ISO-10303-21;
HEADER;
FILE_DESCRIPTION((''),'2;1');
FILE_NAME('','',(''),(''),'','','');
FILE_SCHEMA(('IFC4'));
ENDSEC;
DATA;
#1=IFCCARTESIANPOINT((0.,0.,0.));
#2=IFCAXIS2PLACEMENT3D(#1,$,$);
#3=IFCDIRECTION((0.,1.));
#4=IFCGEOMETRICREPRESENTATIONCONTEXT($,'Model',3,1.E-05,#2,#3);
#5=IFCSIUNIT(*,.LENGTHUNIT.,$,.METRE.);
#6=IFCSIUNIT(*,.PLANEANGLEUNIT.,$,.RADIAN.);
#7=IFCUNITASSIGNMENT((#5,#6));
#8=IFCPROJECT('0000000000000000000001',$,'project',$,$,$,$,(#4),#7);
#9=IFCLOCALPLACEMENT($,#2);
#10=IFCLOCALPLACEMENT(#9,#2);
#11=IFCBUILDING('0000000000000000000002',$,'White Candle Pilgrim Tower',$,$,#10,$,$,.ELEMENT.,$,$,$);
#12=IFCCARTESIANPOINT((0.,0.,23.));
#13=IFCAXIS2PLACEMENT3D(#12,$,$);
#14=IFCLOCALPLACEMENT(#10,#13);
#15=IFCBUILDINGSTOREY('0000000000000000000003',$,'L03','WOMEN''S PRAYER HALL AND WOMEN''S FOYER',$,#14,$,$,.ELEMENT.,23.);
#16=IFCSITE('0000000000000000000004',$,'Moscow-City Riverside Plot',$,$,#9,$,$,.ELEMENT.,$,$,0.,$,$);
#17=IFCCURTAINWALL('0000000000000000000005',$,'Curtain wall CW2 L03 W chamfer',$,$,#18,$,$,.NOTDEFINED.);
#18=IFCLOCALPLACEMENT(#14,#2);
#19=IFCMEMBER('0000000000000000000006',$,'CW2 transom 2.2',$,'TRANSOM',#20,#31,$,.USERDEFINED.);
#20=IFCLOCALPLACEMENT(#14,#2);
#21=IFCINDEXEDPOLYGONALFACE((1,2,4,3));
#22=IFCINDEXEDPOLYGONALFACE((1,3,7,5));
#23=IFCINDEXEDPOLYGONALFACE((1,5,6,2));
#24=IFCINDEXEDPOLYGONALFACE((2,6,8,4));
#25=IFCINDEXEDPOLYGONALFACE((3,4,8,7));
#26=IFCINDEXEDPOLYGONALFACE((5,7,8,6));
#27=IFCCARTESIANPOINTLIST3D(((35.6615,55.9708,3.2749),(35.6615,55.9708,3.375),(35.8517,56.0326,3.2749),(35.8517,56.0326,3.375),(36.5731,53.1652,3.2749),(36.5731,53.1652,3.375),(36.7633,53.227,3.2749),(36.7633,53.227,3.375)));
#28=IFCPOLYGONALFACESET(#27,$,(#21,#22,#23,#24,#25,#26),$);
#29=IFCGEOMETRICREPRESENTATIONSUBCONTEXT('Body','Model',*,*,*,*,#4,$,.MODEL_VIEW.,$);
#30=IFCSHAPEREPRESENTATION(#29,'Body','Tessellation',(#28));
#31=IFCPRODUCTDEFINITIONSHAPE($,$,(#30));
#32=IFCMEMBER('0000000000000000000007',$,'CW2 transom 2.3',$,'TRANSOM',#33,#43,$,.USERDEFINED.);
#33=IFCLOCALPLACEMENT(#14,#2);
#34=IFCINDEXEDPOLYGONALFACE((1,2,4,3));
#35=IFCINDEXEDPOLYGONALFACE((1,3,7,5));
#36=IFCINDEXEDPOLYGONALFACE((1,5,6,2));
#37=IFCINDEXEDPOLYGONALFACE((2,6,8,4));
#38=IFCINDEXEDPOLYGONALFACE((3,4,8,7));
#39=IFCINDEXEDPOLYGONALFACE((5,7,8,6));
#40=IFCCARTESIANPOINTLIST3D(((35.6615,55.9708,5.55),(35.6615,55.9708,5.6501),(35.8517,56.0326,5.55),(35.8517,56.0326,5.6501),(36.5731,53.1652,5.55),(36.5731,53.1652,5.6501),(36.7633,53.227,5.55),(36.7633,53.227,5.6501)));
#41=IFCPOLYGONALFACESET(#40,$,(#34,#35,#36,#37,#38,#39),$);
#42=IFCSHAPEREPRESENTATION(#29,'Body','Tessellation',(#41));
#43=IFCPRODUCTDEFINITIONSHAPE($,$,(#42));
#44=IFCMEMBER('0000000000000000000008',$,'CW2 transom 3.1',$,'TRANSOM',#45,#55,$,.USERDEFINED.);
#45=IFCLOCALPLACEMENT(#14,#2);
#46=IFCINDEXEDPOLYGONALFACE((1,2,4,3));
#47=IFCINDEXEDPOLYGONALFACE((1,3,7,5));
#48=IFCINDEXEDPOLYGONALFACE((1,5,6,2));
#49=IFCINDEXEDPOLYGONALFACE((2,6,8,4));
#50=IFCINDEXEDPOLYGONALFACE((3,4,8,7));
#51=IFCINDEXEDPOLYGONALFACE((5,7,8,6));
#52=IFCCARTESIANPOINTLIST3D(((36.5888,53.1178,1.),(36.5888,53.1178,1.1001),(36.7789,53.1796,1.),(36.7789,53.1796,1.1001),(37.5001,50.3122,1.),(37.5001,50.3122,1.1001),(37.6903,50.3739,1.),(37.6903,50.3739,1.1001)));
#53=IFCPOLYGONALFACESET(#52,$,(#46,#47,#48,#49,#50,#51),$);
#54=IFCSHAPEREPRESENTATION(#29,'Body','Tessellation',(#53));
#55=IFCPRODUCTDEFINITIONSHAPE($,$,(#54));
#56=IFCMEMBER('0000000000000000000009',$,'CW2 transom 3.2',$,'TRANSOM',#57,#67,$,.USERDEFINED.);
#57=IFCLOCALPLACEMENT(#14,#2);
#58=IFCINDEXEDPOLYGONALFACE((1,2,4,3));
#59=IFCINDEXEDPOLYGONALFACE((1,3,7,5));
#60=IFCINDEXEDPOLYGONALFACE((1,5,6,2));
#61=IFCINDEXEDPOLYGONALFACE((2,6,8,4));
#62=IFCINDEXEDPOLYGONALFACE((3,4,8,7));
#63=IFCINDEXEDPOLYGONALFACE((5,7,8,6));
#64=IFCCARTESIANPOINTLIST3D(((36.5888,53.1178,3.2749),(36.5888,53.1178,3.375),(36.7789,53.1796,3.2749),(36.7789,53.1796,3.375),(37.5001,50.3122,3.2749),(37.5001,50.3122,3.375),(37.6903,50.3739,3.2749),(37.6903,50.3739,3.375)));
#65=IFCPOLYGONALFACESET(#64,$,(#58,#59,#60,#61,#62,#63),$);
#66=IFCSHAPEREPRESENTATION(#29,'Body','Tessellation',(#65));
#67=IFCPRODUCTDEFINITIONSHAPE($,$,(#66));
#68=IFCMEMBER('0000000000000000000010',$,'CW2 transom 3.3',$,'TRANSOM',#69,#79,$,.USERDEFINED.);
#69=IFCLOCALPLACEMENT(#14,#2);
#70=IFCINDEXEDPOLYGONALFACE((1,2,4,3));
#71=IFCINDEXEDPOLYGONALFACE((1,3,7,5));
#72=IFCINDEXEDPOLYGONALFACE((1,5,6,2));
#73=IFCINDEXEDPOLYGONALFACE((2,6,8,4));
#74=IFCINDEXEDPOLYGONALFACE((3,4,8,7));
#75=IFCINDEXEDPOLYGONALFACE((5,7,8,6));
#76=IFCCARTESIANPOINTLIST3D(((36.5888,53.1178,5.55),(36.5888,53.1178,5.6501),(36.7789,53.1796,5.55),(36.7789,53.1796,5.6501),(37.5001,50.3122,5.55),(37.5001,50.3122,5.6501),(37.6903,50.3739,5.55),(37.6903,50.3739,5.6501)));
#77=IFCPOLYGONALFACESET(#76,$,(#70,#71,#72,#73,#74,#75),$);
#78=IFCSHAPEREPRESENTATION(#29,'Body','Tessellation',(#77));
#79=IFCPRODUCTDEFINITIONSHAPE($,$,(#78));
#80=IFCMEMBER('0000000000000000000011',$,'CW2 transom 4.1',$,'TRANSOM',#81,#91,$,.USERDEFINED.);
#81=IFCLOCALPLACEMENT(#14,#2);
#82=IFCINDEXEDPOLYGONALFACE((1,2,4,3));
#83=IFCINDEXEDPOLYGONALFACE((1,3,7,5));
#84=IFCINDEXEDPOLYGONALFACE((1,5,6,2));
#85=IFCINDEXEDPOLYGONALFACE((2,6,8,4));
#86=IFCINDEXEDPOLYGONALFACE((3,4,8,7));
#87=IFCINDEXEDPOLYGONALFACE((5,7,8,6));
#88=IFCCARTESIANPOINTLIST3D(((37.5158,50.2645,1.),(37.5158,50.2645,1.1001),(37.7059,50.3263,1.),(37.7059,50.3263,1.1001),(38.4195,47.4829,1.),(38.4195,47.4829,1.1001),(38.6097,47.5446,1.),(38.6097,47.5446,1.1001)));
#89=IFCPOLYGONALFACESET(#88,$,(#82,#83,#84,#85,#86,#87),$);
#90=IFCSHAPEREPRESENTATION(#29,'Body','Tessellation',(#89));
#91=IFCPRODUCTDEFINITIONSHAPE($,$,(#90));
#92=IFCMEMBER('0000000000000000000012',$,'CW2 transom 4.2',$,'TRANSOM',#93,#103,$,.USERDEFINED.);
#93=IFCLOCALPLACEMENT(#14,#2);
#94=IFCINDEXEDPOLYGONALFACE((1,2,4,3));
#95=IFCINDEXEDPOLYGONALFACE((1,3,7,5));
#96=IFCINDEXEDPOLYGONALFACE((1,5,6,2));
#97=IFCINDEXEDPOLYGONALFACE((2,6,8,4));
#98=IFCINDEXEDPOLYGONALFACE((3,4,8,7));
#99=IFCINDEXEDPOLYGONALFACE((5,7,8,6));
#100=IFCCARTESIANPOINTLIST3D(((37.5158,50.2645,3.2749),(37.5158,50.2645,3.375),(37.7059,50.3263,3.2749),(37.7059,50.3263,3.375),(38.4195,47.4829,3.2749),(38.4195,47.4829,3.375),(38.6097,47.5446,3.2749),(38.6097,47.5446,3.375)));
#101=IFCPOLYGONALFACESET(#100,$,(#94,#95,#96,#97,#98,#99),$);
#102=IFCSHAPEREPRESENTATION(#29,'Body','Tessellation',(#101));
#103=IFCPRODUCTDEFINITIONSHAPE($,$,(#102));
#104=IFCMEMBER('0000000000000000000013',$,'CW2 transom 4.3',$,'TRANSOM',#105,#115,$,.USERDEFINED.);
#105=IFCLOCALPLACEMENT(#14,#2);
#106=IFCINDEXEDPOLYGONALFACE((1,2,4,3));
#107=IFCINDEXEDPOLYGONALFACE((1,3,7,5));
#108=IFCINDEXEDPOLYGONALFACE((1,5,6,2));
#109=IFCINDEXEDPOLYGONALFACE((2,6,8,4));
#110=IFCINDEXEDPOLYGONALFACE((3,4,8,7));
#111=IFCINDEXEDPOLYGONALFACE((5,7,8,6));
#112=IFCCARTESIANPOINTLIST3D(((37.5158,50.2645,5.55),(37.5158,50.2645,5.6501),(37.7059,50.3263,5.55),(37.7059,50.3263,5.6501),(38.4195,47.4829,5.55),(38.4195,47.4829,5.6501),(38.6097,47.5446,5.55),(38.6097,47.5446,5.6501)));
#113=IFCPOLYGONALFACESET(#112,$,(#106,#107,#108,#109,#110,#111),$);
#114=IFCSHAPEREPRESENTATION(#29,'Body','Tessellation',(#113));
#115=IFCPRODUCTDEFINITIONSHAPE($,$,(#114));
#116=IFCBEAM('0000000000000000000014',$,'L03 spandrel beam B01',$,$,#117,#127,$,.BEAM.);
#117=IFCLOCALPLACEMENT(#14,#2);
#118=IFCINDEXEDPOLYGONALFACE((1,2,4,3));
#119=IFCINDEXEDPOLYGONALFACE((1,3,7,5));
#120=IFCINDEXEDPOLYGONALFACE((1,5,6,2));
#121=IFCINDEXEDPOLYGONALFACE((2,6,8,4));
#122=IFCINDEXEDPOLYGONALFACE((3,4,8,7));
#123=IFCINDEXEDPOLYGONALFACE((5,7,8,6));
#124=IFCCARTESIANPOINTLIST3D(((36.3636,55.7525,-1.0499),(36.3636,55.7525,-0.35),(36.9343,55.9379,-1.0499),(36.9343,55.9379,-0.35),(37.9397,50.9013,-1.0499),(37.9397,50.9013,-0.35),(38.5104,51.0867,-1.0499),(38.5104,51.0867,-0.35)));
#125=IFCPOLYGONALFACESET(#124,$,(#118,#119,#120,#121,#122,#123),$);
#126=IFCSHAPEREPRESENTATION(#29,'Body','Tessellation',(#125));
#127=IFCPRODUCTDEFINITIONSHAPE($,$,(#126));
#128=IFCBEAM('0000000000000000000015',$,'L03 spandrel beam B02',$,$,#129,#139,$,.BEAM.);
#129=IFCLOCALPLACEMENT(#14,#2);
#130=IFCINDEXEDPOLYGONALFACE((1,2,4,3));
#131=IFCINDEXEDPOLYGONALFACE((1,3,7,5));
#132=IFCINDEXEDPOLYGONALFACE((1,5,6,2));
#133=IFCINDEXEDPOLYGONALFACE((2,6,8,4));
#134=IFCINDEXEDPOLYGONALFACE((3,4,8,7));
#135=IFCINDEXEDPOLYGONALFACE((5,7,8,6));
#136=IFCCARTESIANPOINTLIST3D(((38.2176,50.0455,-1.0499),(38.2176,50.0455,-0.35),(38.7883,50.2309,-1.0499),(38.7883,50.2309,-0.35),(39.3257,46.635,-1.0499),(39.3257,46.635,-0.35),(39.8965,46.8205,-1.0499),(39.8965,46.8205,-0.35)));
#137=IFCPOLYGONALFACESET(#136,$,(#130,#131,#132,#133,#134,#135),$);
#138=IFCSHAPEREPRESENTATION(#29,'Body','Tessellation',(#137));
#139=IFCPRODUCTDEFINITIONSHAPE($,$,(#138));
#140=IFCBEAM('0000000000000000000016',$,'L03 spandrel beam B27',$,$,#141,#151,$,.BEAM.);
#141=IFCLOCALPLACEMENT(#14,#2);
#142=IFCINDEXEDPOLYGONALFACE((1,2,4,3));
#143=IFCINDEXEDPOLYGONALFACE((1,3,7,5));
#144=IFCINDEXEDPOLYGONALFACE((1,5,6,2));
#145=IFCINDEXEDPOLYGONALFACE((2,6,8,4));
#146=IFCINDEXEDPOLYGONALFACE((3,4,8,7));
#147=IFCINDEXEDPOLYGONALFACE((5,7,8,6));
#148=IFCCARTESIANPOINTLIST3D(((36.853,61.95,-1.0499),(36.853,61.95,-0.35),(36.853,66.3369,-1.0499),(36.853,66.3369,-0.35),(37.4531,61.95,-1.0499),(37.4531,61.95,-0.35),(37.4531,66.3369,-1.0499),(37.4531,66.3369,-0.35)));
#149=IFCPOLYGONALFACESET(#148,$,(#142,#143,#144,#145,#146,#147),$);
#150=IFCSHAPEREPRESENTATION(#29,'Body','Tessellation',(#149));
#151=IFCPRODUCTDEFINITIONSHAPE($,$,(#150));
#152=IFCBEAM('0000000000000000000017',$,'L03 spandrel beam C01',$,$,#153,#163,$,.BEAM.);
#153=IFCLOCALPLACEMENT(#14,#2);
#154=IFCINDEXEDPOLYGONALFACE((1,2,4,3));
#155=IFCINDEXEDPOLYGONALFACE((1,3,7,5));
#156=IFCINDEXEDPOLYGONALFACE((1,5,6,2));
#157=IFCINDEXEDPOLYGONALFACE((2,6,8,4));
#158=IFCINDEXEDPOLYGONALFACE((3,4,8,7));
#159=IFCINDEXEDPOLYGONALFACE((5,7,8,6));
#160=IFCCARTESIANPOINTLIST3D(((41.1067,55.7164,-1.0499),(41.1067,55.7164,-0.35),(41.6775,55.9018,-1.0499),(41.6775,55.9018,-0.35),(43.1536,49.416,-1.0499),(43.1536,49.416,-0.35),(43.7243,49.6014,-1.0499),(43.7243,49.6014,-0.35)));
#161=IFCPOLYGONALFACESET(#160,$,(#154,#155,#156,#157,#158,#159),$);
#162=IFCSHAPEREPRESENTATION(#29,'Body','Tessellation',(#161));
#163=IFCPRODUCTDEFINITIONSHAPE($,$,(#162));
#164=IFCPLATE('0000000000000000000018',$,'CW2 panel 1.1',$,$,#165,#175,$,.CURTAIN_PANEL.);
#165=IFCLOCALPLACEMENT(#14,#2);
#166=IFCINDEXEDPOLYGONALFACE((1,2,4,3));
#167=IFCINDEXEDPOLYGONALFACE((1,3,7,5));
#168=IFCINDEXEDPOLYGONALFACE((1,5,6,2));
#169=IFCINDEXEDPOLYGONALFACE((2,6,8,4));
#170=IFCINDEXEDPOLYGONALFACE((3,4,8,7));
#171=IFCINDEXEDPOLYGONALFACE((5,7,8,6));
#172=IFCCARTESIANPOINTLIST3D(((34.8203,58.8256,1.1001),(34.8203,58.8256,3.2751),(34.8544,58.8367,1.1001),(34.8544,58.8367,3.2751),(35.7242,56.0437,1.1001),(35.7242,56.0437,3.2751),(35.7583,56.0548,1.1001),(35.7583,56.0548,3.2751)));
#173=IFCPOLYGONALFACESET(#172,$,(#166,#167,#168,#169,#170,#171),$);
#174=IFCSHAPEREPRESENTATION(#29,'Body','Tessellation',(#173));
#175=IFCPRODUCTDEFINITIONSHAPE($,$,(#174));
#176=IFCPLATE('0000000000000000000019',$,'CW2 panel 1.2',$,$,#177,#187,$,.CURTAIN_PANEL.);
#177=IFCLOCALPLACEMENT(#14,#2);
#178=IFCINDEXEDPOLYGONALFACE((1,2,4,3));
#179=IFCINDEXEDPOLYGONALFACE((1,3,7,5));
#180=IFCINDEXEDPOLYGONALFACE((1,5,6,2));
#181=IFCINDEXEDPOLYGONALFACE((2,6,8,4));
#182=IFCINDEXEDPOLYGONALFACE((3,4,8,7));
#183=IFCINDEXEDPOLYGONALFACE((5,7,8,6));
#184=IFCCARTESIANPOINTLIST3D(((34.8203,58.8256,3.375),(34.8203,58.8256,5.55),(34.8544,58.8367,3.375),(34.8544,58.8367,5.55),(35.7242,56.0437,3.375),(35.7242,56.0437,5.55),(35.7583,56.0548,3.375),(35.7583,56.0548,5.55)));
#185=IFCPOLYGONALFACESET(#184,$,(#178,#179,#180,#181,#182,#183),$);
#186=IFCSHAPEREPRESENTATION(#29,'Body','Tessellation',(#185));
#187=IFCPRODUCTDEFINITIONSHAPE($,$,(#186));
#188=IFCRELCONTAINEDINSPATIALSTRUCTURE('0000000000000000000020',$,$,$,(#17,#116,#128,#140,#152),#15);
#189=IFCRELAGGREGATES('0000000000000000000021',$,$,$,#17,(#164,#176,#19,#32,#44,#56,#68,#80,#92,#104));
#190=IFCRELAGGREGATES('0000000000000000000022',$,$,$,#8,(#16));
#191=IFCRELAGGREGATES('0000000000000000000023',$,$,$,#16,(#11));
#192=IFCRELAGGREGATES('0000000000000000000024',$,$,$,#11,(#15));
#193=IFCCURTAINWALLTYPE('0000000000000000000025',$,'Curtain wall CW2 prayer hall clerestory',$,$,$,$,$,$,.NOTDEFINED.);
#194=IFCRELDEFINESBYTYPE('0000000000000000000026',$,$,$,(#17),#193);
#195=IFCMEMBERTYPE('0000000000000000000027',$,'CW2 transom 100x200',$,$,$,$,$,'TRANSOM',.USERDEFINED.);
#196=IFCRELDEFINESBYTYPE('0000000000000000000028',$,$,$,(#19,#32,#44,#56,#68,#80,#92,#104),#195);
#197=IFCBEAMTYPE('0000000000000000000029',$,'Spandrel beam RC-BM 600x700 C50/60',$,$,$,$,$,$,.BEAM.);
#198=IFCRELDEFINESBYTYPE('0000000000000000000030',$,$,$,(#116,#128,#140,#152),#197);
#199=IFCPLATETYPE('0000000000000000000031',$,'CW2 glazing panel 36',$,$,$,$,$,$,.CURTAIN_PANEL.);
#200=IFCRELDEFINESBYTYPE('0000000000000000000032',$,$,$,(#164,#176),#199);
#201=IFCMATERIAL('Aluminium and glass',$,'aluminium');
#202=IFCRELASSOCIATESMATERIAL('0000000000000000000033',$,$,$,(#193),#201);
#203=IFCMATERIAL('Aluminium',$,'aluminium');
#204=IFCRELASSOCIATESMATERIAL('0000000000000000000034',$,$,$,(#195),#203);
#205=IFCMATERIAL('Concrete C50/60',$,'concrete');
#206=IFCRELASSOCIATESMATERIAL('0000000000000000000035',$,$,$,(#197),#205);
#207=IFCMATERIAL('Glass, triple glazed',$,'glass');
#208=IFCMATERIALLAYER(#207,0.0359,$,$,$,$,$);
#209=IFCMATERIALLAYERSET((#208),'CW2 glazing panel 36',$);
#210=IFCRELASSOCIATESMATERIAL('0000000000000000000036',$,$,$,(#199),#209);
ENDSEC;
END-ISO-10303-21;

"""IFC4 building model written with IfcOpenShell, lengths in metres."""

from ifc_helpers import new_model, si_unit, direction, frame, origin, origin_2d, place, context, subcontext, project, spatial, rectangle, extrude, material, layer, layer_set, material_profile, profile_set, type_object, element, aggregate, save


model = new_model("IFC4")

# Units and contexts
model_context = context("Model", 3, precision=1e-05, world=origin(), true_north=direction((0.0, 1.0)))
body_context = subcontext(model_context, "Body", "Model", "MODEL_VIEW")
ifc_project = project(units=[si_unit("LENGTHUNIT", "METRE"), si_unit("PLANEANGLEUNIT", "RADIAN")], contexts=[model_context])

# Site, building, storey
site_placement = place(None, origin())
site = spatial("IfcSite", under=ifc_project, at=site_placement, Name="Moscow-City Riverside Plot", CompositionType="ELEMENT", RefElevation=0.0)
building_placement = place(site_placement, origin())
building = spatial("IfcBuilding", under=site, at=building_placement, Name="White Candle Pilgrim Tower", CompositionType="ELEMENT")
storey_placement = place(building_placement, frame((0.0, 0.0, 23.0)))
storey = spatial("IfcBuildingStorey", under=building, at=storey_placement, Name="L03", Description="WOMEN'S PRAYER HALL AND WOMEN'S FOYER", CompositionType="ELEMENT", Elevation=23.0)

# Curtain wall, members
ifc_material_1 = material(Name="Aluminium and glass", Category="aluminium")
curtain_wall_type = type_object("IfcCurtainWallType", Name="Curtain wall CW2 prayer hall clerestory", PredefinedType="NOTDEFINED", material=ifc_material_1)
curtain_wall_placement = place(storey_placement, origin())
curtain_wall = element("IfcCurtainWall", 1, at=curtain_wall_placement, inside=storey, type_object=curtain_wall_type, Name="Curtain wall CW2 L03 W chamfer", PredefinedType="NOTDEFINED")
ifc_material_2 = material(Name="Aluminium", Category="aluminium")
ifc_material_profile_1 = material_profile(ifc_material_2, rectangle(XDim=0.2, YDim=0.1001, at=origin_2d()), Name="CW2 transom 100x200")
ifc_profile_set_1 = profile_set([ifc_material_profile_1], Name="Aluminium")
member_type_1 = type_object("IfcMemberType", Name="CW2 transom 100x200", ElementType="TRANSOM", PredefinedType="USERDEFINED", material=ifc_profile_set_1)
member_1_placement = place(storey_placement, frame((35.7566, 56.0017, 3.325), z_axis=(0.309019, -0.951056, 0.0), x_axis=(0.951056, 0.309019, 0.0)))
member_1 = element("IfcMember", 2, at=member_1_placement, type_object=member_type_1, Name="CW2 transom 2.2", ObjectType="TRANSOM", PredefinedType="USERDEFINED", context=body_context, shape_type="SweptSolid", body=[
    extrude(rectangle(XDim=0.2, YDim=0.1001, at=origin_2d()), origin(), (0.0, 0.0, 1.0), 2.95),
])
member_2_placement = place(storey_placement, frame((35.7566, 56.0017, 5.6001), z_axis=(0.309019, -0.951056, 0.0), x_axis=(0.951056, 0.309019, 0.0)))
member_2 = element("IfcMember", 3, at=member_2_placement, type_object=member_type_1, Name="CW2 transom 2.3", ObjectType="TRANSOM", PredefinedType="USERDEFINED", context=body_context, shape_type="SweptSolid", body=[
    extrude(rectangle(XDim=0.2, YDim=0.1001, at=origin_2d()), origin(), (0.0, 0.0, 1.0), 2.95),
])
member_3_placement = place(storey_placement, frame((36.6838, 53.1487, 1.05), z_axis=(0.308944, -0.95108, 0.0), x_axis=(0.95108, 0.308944, 0.0)))
member_3 = element("IfcMember", 4, at=member_3_placement, type_object=member_type_1, Name="CW2 transom 3.1", ObjectType="TRANSOM", PredefinedType="USERDEFINED", context=body_context, shape_type="SweptSolid", body=[
    extrude(rectangle(XDim=0.2, YDim=0.1001, at=origin_2d()), origin(), (0.0, 0.0, 1.0), 2.95),
])
member_4_placement = place(storey_placement, frame((36.6838, 53.1487, 3.325), z_axis=(0.308944, -0.95108, 0.0), x_axis=(0.95108, 0.308944, 0.0)))
member_4 = element("IfcMember", 5, at=member_4_placement, type_object=member_type_1, Name="CW2 transom 3.2", ObjectType="TRANSOM", PredefinedType="USERDEFINED", context=body_context, shape_type="SweptSolid", body=[
    extrude(rectangle(XDim=0.2, YDim=0.1001, at=origin_2d()), origin(), (0.0, 0.0, 1.0), 2.95),
])
member_5_placement = place(storey_placement, frame((36.6838, 53.1487, 5.6001), z_axis=(0.308944, -0.95108, 0.0), x_axis=(0.95108, 0.308944, 0.0)))
member_5 = element("IfcMember", 6, at=member_5_placement, type_object=member_type_1, Name="CW2 transom 3.3", ObjectType="TRANSOM", PredefinedType="USERDEFINED", context=body_context, shape_type="SweptSolid", body=[
    extrude(rectangle(XDim=0.2, YDim=0.1001, at=origin_2d()), origin(), (0.0, 0.0, 1.0), 2.95),
])
member_6_placement = place(storey_placement, frame((37.6108, 50.2954, 1.05), z_axis=(0.309007, -0.95106, 0.0), x_axis=(0.95106, 0.309007, 0.0)))
member_6 = element("IfcMember", 7, at=member_6_placement, type_object=member_type_1, Name="CW2 transom 4.1", ObjectType="TRANSOM", PredefinedType="USERDEFINED", context=body_context, shape_type="SweptSolid", body=[
    extrude(rectangle(XDim=0.2, YDim=0.1001, at=origin_2d()), origin(), (0.0, 0.0, 1.0), 2.9248),
])
member_7_placement = place(storey_placement, frame((37.6108, 50.2954, 3.325), z_axis=(0.309007, -0.95106, 0.0), x_axis=(0.95106, 0.309007, 0.0)))
member_7 = element("IfcMember", 8, at=member_7_placement, type_object=member_type_1, Name="CW2 transom 4.2", ObjectType="TRANSOM", PredefinedType="USERDEFINED", context=body_context, shape_type="SweptSolid", body=[
    extrude(rectangle(XDim=0.2, YDim=0.1001, at=origin_2d()), origin(), (0.0, 0.0, 1.0), 2.9248),
])
member_8_placement = place(storey_placement, frame((37.6108, 50.2954, 5.6001), z_axis=(0.309007, -0.95106, 0.0), x_axis=(0.95106, 0.309007, 0.0)))
member_8 = element("IfcMember", 9, at=member_8_placement, type_object=member_type_1, Name="CW2 transom 4.3", ObjectType="TRANSOM", PredefinedType="USERDEFINED", context=body_context, shape_type="SweptSolid", body=[
    extrude(rectangle(XDim=0.2, YDim=0.1001, at=origin_2d()), origin(), (0.0, 0.0, 1.0), 2.9248),
])

# Beams
ifc_material_3 = material(Name="Concrete C50/60", Category="concrete")
ifc_material_profile_2 = material_profile(ifc_material_3, rectangle(XDim=0.6001, YDim=0.7, at=origin_2d()), Name="RC-BM 600x700")
ifc_profile_set_2 = profile_set([ifc_material_profile_2], Name="Concrete C50/60")
beam_type = type_object("IfcBeamType", Name="Spandrel beam RC-BM 600x700 C50/60", PredefinedType="BEAM", material=ifc_profile_set_2)
beam_1_placement = place(storey_placement, frame((36.6489, 55.8452, -0.7), z_axis=(0.308996, -0.951063, 0.0), x_axis=(0.951063, 0.308996, 0.0)))
element("IfcBeam", 10, at=beam_1_placement, inside=storey, type_object=beam_type, Name="L03 spandrel beam B01", PredefinedType="BEAM", context=body_context, shape_type="SweptSolid", body=[
    extrude(rectangle(XDim=0.6001, YDim=0.7, at=origin_2d()), origin(), (0.0, 0.0, 1.0), 5.1008),
])
beam_2_placement = place(storey_placement, frame((38.5029, 50.1382, -0.7), z_axis=(0.309029, -0.951053, 0.0), x_axis=(0.951053, 0.309029, 0.0)))
element("IfcBeam", 11, at=beam_2_placement, inside=storey, type_object=beam_type, Name="L03 spandrel beam B02", PredefinedType="BEAM", context=body_context, shape_type="SweptSolid", body=[
    extrude(rectangle(XDim=0.6001, YDim=0.7, at=origin_2d()), origin(), (0.0, 0.0, 1.0), 3.5859),
])
beam_3_placement = place(storey_placement, frame((37.1531, 66.3369, -0.7), z_axis=(0.0, -1.0, 0.0), x_axis=(1.0, 0.0, 0.0)))
element("IfcBeam", 12, at=beam_3_placement, inside=storey, type_object=beam_type, Name="L03 spandrel beam B27", PredefinedType="BEAM", context=body_context, shape_type="SweptSolid", body=[
    extrude(rectangle(XDim=0.6001, YDim=0.7, at=origin_2d()), origin(), (0.0, 0.0, 1.0), 4.387),
])
beam_4_placement = place(storey_placement, frame((41.3921, 55.8091, -0.7), z_axis=(0.308988, -0.951066, 0.0), x_axis=(0.951066, 0.308988, 0.0)))
element("IfcBeam", 13, at=beam_4_placement, inside=storey, type_object=beam_type, Name="L03 spandrel beam C01", PredefinedType="BEAM", context=body_context, shape_type="SweptSolid", body=[
    extrude(rectangle(XDim=0.6001, YDim=0.7, at=origin_2d()), origin(), (0.0, 0.0, 1.0), 6.6245),
])

# Plates
ifc_material_4 = material(Name="Glass, triple glazed", Category="glass")
ifc_layer_1 = layer(ifc_material_4, 0.0359)
ifc_layer_set_1 = layer_set([ifc_layer_1], Name="CW2 glazing panel 36")
plate_type = type_object("IfcPlateType", Name="CW2 glazing panel 36", PredefinedType="CURTAIN_PANEL", material=ifc_layer_set_1)
plate_1_placement = place(storey_placement, frame((35.2893, 57.4402, 1.1001), z_axis=(0.0, 0.0, 1.0), x_axis=(0.309017, -0.951057, 0.0)))
plate_1 = element("IfcPlate", 14, at=plate_1_placement, type_object=plate_type, Name="CW2 panel 1.1", PredefinedType="CURTAIN_PANEL", context=body_context, shape_type="SweptSolid", body=[
    extrude(rectangle(XDim=2.925, YDim=0.0359, at=origin_2d()), origin(), (0.0, 0.0, 1.0), 2.175),
])
plate_2_placement = place(storey_placement, frame((35.2893, 57.4402, 3.375), z_axis=(0.0, 0.0, 1.0), x_axis=(0.309017, -0.951057, 0.0)))
plate_2 = element("IfcPlate", 15, at=plate_2_placement, type_object=plate_type, Name="CW2 panel 1.2", PredefinedType="CURTAIN_PANEL", context=body_context, shape_type="SweptSolid", body=[
    extrude(rectangle(XDim=2.925, YDim=0.0359, at=origin_2d()), origin(), (0.0, 0.0, 1.0), 2.175),
])
aggregate(curtain_wall, [plate_1, plate_2, member_1, member_2, member_3, member_4, member_5, member_6, member_7, member_8])

save(model, "model.ifc")
